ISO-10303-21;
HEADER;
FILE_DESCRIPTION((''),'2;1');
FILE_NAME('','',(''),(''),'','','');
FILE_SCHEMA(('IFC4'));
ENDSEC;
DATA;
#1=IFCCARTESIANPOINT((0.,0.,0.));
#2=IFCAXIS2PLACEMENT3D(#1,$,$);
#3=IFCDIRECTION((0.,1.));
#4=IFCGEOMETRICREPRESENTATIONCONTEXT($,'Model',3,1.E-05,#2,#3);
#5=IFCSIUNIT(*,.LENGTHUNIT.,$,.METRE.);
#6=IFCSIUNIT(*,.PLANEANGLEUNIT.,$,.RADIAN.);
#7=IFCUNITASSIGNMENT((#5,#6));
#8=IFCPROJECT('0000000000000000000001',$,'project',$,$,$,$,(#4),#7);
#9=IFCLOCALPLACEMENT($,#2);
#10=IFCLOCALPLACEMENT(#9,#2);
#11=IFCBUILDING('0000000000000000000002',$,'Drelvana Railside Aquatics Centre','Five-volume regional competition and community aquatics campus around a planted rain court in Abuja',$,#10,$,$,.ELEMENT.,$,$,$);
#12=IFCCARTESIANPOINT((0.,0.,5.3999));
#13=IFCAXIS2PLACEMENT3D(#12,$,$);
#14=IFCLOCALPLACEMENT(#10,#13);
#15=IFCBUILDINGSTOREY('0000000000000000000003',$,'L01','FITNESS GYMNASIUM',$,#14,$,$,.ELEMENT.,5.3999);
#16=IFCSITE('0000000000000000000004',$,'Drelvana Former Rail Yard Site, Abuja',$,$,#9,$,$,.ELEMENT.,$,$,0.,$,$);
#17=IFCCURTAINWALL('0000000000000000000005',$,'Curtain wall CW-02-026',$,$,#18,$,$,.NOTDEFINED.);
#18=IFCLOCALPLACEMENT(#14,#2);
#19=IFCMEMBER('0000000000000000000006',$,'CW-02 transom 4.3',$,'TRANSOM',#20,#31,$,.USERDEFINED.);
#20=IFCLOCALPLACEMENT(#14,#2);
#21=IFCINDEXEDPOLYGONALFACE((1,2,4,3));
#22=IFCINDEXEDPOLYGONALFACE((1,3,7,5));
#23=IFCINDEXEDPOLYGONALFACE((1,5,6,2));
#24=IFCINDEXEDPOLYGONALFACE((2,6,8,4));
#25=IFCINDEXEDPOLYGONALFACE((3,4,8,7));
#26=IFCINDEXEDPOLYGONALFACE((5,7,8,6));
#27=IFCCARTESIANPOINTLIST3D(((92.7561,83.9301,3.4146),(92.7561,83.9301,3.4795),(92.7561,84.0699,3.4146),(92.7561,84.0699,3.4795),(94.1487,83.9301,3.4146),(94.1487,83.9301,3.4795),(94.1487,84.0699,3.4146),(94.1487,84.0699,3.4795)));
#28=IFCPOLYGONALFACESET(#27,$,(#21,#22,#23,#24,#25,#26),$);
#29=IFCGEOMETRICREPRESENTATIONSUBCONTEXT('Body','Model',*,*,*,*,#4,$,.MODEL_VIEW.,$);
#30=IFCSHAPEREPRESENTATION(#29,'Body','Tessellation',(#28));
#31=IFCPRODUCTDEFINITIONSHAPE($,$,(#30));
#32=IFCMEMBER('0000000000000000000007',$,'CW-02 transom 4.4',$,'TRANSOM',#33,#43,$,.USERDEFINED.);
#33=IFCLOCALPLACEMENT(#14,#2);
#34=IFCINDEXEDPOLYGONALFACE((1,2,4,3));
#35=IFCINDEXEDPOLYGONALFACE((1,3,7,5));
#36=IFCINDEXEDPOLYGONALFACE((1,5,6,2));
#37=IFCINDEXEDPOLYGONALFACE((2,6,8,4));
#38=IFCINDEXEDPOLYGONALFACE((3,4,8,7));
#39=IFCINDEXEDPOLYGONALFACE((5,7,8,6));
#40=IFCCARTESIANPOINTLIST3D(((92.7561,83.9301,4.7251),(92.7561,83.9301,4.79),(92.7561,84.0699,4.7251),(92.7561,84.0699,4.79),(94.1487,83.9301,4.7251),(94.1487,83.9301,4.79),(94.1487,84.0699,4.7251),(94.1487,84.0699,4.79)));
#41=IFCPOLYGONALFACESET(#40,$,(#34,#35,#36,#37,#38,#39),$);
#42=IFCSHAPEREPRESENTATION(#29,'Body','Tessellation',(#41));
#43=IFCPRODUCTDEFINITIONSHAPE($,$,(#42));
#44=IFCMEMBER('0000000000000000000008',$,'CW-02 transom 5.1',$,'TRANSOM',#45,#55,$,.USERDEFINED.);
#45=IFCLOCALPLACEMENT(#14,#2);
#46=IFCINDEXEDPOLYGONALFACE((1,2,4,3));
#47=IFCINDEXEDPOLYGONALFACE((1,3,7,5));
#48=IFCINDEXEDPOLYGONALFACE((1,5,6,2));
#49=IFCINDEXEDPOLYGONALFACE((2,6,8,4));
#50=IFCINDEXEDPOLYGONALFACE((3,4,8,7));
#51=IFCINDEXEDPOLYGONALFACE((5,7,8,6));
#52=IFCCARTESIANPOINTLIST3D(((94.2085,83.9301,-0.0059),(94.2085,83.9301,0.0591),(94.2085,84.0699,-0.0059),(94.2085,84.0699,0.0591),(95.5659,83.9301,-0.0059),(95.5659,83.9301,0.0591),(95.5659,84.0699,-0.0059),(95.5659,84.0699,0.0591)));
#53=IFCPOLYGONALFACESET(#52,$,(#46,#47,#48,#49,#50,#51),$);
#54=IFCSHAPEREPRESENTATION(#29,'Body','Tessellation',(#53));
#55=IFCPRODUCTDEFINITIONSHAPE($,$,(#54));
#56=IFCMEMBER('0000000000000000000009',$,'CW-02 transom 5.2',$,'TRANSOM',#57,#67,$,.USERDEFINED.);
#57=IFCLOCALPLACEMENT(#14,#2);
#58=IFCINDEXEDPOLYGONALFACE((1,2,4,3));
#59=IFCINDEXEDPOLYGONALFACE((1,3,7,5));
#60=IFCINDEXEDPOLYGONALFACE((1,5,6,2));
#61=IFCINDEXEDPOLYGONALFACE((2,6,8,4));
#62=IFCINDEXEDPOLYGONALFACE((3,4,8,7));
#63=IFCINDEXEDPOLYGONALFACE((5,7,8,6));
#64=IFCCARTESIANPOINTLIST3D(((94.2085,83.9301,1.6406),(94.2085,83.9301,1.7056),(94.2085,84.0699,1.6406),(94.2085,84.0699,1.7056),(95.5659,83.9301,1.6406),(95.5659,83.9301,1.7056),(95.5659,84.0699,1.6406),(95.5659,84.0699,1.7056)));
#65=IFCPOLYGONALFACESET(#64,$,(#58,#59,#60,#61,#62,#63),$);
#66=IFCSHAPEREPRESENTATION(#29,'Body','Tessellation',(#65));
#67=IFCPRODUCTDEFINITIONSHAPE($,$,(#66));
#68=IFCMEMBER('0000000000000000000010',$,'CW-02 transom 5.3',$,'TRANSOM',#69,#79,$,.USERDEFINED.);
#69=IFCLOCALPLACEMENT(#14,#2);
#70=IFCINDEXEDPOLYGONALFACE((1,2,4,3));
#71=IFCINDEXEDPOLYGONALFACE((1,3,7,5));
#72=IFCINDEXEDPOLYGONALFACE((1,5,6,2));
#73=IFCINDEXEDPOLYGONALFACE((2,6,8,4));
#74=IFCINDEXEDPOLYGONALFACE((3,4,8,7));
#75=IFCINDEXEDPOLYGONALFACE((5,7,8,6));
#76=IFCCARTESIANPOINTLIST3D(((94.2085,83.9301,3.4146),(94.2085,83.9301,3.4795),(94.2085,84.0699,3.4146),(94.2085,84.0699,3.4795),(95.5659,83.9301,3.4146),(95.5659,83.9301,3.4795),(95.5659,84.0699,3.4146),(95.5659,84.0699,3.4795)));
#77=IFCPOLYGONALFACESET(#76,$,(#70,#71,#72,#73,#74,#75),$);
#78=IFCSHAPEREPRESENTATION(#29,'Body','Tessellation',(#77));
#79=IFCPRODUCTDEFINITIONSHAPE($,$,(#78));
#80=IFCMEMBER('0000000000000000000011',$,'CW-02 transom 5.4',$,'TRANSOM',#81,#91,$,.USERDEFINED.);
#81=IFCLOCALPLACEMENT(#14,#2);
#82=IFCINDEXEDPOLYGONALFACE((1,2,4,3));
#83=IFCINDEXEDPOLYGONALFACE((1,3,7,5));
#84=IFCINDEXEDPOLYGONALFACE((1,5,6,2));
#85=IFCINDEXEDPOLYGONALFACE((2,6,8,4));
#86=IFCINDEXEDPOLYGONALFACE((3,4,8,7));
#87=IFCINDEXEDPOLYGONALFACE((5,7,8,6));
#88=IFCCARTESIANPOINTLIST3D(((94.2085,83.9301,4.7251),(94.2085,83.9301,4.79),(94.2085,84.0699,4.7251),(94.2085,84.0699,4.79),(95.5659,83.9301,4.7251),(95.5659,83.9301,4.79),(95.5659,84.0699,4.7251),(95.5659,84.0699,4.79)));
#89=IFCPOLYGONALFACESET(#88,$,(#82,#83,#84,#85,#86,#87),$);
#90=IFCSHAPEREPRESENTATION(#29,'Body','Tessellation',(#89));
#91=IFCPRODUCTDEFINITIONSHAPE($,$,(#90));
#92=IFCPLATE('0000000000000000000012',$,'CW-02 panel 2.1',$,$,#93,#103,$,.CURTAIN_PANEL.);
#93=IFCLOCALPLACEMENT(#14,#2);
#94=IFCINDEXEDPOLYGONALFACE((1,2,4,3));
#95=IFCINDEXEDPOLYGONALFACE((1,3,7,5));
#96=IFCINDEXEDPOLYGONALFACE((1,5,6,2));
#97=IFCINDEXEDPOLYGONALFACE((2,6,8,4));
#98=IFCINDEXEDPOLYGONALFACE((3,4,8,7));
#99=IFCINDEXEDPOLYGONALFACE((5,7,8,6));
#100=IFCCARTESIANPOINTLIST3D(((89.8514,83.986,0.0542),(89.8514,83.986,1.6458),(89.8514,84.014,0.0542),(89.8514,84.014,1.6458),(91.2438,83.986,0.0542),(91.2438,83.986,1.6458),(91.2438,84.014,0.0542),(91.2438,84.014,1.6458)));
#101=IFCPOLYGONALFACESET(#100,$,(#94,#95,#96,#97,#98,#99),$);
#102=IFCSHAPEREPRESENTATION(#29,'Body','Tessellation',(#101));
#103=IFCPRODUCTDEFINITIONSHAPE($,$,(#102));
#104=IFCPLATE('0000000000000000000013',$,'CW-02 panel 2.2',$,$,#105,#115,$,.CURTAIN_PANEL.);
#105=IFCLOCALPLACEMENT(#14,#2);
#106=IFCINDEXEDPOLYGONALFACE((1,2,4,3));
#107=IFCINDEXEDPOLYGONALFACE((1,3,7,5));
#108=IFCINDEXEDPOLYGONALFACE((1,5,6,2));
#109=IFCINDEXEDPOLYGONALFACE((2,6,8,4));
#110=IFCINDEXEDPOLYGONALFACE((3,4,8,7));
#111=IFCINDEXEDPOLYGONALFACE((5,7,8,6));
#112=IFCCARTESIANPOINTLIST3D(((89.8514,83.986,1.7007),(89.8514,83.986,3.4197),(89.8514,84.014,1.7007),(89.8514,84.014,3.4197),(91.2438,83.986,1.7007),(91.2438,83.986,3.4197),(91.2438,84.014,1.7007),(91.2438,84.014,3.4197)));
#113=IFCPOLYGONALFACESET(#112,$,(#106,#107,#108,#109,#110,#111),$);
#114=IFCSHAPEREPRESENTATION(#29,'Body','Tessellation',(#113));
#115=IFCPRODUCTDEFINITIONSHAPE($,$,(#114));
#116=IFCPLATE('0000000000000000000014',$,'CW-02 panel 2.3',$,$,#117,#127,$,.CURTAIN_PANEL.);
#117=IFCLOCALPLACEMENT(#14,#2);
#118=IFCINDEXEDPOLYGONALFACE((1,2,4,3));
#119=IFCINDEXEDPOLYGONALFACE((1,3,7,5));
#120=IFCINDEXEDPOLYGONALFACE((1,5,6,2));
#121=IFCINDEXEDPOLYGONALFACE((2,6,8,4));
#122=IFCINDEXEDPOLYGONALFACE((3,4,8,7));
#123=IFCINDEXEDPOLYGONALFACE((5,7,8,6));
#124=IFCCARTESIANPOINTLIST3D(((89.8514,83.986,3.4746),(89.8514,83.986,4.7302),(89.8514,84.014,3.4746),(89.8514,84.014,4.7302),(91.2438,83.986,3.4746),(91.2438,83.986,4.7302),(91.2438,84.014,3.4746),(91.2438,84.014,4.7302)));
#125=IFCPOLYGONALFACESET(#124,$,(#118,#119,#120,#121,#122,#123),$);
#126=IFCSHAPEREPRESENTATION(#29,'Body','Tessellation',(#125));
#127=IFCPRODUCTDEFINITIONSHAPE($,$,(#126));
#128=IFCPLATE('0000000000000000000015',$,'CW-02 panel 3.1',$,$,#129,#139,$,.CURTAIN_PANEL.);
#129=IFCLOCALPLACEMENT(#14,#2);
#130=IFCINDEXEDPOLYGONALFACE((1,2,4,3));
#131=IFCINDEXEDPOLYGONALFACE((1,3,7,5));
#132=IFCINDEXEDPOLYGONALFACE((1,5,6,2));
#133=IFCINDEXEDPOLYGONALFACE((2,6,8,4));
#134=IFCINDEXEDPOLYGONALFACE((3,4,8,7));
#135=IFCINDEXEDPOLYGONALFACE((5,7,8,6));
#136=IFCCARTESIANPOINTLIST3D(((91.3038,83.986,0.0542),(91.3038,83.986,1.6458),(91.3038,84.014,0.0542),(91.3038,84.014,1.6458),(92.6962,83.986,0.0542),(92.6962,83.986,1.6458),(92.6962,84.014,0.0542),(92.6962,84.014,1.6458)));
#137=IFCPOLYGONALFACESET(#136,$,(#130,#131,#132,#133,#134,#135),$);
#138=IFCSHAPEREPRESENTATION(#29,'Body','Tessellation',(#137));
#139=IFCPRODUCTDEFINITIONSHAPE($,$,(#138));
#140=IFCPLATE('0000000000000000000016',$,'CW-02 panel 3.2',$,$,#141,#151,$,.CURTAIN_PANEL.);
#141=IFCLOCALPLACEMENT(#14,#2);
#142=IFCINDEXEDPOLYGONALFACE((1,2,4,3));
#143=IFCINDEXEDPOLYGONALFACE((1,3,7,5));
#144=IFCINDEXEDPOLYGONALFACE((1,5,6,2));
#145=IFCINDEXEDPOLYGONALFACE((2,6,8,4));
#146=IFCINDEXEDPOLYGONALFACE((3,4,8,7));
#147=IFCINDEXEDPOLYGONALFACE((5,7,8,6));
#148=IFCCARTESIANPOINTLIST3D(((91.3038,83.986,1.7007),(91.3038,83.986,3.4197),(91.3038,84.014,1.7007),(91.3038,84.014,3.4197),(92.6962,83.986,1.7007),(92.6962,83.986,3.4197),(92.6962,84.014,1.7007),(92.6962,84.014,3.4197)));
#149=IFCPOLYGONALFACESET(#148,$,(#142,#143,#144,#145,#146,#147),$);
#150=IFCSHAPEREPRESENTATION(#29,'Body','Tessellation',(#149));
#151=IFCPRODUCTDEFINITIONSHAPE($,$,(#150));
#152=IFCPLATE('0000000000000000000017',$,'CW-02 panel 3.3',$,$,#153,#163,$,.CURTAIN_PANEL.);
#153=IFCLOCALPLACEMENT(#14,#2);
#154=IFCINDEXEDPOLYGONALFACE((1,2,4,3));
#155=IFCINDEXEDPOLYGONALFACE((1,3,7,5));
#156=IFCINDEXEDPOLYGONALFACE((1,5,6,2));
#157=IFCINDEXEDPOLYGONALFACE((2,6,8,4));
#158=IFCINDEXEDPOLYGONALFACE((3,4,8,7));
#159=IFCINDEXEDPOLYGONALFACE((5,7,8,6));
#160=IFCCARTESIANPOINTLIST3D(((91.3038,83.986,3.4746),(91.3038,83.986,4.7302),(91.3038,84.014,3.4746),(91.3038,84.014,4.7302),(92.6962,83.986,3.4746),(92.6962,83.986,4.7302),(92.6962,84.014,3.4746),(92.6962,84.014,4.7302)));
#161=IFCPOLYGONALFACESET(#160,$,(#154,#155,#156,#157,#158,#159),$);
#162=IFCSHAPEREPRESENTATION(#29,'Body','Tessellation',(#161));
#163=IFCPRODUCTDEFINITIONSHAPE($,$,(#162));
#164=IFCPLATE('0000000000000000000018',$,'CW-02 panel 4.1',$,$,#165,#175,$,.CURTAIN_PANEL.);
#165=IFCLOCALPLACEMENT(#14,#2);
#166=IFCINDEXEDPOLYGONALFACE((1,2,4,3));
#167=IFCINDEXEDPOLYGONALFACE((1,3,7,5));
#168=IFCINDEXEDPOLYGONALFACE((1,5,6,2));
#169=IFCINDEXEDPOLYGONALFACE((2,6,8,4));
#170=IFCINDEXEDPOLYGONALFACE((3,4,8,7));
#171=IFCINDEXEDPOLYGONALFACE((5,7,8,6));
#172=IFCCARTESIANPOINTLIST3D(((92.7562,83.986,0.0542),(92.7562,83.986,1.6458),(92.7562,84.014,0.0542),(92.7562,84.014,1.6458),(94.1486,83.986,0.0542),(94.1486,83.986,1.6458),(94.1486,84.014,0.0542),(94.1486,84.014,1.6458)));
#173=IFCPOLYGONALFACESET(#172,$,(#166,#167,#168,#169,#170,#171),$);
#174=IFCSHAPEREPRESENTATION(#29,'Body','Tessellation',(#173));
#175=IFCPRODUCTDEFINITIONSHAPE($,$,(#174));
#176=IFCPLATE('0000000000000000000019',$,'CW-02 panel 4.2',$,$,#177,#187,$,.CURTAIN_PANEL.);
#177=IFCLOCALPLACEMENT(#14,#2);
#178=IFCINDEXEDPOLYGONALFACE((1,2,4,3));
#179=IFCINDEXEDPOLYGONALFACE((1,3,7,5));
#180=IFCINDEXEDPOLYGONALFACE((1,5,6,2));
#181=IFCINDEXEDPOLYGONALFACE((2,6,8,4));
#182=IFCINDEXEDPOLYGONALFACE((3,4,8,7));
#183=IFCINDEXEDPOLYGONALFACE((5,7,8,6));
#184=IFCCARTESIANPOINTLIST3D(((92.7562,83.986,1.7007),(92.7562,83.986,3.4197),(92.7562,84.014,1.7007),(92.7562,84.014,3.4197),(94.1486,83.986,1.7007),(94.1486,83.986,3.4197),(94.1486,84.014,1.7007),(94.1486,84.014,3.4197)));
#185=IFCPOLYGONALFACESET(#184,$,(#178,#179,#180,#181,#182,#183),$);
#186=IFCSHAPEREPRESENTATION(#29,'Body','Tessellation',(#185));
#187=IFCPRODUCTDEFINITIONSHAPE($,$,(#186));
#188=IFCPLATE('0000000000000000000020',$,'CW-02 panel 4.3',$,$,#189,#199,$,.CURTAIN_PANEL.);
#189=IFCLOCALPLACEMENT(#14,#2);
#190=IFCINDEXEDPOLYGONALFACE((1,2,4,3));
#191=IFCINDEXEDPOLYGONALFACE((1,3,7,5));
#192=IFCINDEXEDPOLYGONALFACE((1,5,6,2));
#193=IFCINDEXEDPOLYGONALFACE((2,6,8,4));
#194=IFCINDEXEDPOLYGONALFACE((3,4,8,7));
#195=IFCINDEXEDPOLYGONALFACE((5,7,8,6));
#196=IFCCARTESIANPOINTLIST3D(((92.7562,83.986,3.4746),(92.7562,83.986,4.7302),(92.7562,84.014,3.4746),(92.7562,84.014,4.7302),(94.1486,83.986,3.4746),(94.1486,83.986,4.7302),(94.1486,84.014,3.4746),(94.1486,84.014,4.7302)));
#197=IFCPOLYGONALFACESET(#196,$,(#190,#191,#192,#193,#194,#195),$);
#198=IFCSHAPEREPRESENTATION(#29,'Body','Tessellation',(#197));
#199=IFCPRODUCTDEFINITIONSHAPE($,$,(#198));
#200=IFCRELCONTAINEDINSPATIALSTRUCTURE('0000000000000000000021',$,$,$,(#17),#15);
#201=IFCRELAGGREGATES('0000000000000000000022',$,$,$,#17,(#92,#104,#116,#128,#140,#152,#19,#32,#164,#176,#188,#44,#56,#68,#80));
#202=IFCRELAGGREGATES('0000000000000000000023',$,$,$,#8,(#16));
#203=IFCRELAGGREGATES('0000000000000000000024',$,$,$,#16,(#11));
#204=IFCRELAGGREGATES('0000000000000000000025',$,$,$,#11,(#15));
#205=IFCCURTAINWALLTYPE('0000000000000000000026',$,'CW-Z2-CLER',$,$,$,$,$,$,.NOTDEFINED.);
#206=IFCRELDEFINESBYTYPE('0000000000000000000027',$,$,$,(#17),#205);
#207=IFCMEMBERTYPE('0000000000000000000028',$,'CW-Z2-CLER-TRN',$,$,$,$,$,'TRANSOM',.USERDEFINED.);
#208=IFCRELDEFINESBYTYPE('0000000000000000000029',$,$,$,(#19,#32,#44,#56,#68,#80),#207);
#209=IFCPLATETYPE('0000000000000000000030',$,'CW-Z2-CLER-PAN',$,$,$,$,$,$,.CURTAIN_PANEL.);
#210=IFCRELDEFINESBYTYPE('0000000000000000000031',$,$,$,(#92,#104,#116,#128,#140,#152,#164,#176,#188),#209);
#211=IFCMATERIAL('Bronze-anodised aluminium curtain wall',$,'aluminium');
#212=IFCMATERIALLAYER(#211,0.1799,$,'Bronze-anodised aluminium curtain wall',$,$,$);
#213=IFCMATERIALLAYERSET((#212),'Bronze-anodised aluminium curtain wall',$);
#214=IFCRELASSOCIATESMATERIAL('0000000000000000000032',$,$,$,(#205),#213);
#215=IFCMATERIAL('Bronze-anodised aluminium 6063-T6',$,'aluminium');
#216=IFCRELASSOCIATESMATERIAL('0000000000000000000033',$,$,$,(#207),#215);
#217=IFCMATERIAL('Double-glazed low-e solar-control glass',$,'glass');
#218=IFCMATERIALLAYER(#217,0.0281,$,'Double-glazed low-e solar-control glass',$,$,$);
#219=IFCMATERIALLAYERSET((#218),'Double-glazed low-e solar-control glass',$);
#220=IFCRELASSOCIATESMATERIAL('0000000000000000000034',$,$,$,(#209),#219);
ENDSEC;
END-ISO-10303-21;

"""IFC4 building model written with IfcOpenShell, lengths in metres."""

from ifc_helpers import new_model, si_unit, direction, frame, origin, origin_2d, place, context, subcontext, project, spatial, rectangle, extrude, material, layer, layer_set, material_profile, profile_set, type_object, element, aggregate, save


model = new_model("IFC4")

# Units and contexts
model_context = context("Model", 3, precision=1e-05, world=origin(), true_north=direction((0.0, 1.0)))
body_context = subcontext(model_context, "Body", "Model", "MODEL_VIEW")
ifc_project = project(units=[si_unit("LENGTHUNIT", "METRE"), si_unit("PLANEANGLEUNIT", "RADIAN")], contexts=[model_context])

# Site, building, storey
site_placement = place(None, origin())
site = spatial("IfcSite", under=ifc_project, at=site_placement, Name="Drelvana Former Rail Yard Site, Abuja", CompositionType="ELEMENT", RefElevation=0.0)
building_placement = place(site_placement, origin())
building = spatial("IfcBuilding", under=site, at=building_placement, Name="Drelvana Railside Aquatics Centre", Description="Five-volume regional competition and community aquatics campus around a planted rain court in Abuja", CompositionType="ELEMENT")
storey_placement = place(building_placement, frame((0.0, 0.0, 5.3999)))
storey = spatial("IfcBuildingStorey", under=building, at=storey_placement, Name="L01", Description="FITNESS GYMNASIUM", CompositionType="ELEMENT", Elevation=5.3999)

# Curtain wall, members, plates
ifc_material_1 = material(Name="Bronze-anodised aluminium curtain wall", Category="aluminium")
ifc_layer_1 = layer(ifc_material_1, 0.1799, Name="Bronze-anodised aluminium curtain wall")
ifc_layer_set_1 = layer_set([ifc_layer_1], Name="Bronze-anodised aluminium curtain wall")
curtain_wall_type = type_object("IfcCurtainWallType", Name="CW-Z2-CLER", PredefinedType="NOTDEFINED", material=ifc_layer_set_1)
curtain_wall_placement = place(storey_placement, origin())
curtain_wall = element("IfcCurtainWall", 1, at=curtain_wall_placement, inside=storey, type_object=curtain_wall_type, Name="Curtain wall CW-02-026", PredefinedType="NOTDEFINED")
ifc_material_2 = material(Name="Bronze-anodised aluminium 6063-T6", Category="aluminium")
ifc_material_profile_1 = material_profile(ifc_material_2, rectangle(XDim=0.1399, YDim=0.0649, at=origin_2d()), Name="ALU-T 65x140")
ifc_profile_set_1 = profile_set([ifc_material_profile_1], Name="Bronze-anodised aluminium 6063-T6")
member_type_1 = type_object("IfcMemberType", Name="CW-Z2-CLER-TRN", ElementType="TRANSOM", PredefinedType="USERDEFINED", material=ifc_profile_set_1)
member_1_placement = place(storey_placement, frame((92.7561, 84.0, 3.447), z_axis=(1.0, 0.0, 0.0), x_axis=(0.0, 1.0, 0.0)))
member_1 = element("IfcMember", 2, at=member_1_placement, type_object=member_type_1, Name="CW-02 transom 4.3", ObjectType="TRANSOM", PredefinedType="USERDEFINED", context=body_context, shape_type="SweptSolid", body=[
    extrude(rectangle(XDim=0.1399, YDim=0.0649, at=origin_2d()), origin(), (0.0, 0.0, 1.0), 1.3926),
])
member_2_placement = place(storey_placement, frame((92.7561, 84.0, 4.7576), z_axis=(1.0, 0.0, 0.0), x_axis=(0.0, 1.0, 0.0)))
member_2 = element("IfcMember", 3, at=member_2_placement, type_object=member_type_1, Name="CW-02 transom 4.4", ObjectType="TRANSOM", PredefinedType="USERDEFINED", context=body_context, shape_type="SweptSolid", body=[
    extrude(rectangle(XDim=0.1399, YDim=0.0649, at=origin_2d()), origin(), (0.0, 0.0, 1.0), 1.3926),
])
member_3_placement = place(storey_placement, frame((94.2085, 84.0, 0.0266), z_axis=(1.0, 0.0, 0.0), x_axis=(0.0, 1.0, 0.0)))
member_3 = element("IfcMember", 4, at=member_3_placement, type_object=member_type_1, Name="CW-02 transom 5.1", ObjectType="TRANSOM", PredefinedType="USERDEFINED", context=body_context, shape_type="SweptSolid", body=[
    extrude(rectangle(XDim=0.1399, YDim=0.0649, at=origin_2d()), origin(), (0.0, 0.0, 1.0), 1.3574),
])
member_4_placement = place(storey_placement, frame((94.2085, 84.0, 1.6731), z_axis=(1.0, 0.0, 0.0), x_axis=(0.0, 1.0, 0.0)))
member_4 = element("IfcMember", 5, at=member_4_placement, type_object=member_type_1, Name="CW-02 transom 5.2", ObjectType="TRANSOM", PredefinedType="USERDEFINED", context=body_context, shape_type="SweptSolid", body=[
    extrude(rectangle(XDim=0.1399, YDim=0.0649, at=origin_2d()), origin(), (0.0, 0.0, 1.0), 1.3574),
])
member_5_placement = place(storey_placement, frame((94.2085, 84.0, 3.447), z_axis=(1.0, 0.0, 0.0), x_axis=(0.0, 1.0, 0.0)))
member_5 = element("IfcMember", 6, at=member_5_placement, type_object=member_type_1, Name="CW-02 transom 5.3", ObjectType="TRANSOM", PredefinedType="USERDEFINED", context=body_context, shape_type="SweptSolid", body=[
    extrude(rectangle(XDim=0.1399, YDim=0.0649, at=origin_2d()), origin(), (0.0, 0.0, 1.0), 1.3574),
])
member_6_placement = place(storey_placement, frame((94.2085, 84.0, 4.7576), z_axis=(1.0, 0.0, 0.0), x_axis=(0.0, 1.0, 0.0)))
member_6 = element("IfcMember", 7, at=member_6_placement, type_object=member_type_1, Name="CW-02 transom 5.4", ObjectType="TRANSOM", PredefinedType="USERDEFINED", context=body_context, shape_type="SweptSolid", body=[
    extrude(rectangle(XDim=0.1399, YDim=0.0649, at=origin_2d()), origin(), (0.0, 0.0, 1.0), 1.3574),
])
ifc_material_3 = material(Name="Double-glazed low-e solar-control glass", Category="glass")
ifc_layer_2 = layer(ifc_material_3, 0.0281, Name="Double-glazed low-e solar-control glass")
ifc_layer_set_2 = layer_set([ifc_layer_2], Name="Double-glazed low-e solar-control glass")
plate_type = type_object("IfcPlateType", Name="CW-Z2-CLER-PAN", PredefinedType="CURTAIN_PANEL", material=ifc_layer_set_2)
plate_1_placement = place(storey_placement, frame((90.5476, 84.0, 0.0542), z_axis=(0.0, 0.0, 1.0), x_axis=(1.0, 0.0, 0.0)))
plate_1 = element("IfcPlate", 8, at=plate_1_placement, type_object=plate_type, Name="CW-02 panel 2.1", PredefinedType="CURTAIN_PANEL", context=body_context, shape_type="SweptSolid", body=[
    extrude(rectangle(XDim=1.3923, YDim=0.0281, at=origin_2d()), origin(), (0.0, 0.0, 1.0), 1.5916),
])
plate_2_placement = place(storey_placement, frame((90.5476, 84.0, 1.7007), z_axis=(0.0, 0.0, 1.0), x_axis=(1.0, 0.0, 0.0)))
plate_2 = element("IfcPlate", 9, at=plate_2_placement, type_object=plate_type, Name="CW-02 panel 2.2", PredefinedType="CURTAIN_PANEL", context=body_context, shape_type="SweptSolid", body=[
    extrude(rectangle(XDim=1.3923, YDim=0.0281, at=origin_2d()), origin(), (0.0, 0.0, 1.0), 1.719),
])
plate_3_placement = place(storey_placement, frame((90.5476, 84.0, 3.4746), z_axis=(0.0, 0.0, 1.0), x_axis=(1.0, 0.0, 0.0)))
plate_3 = element("IfcPlate", 10, at=plate_3_placement, type_object=plate_type, Name="CW-02 panel 2.3", PredefinedType="CURTAIN_PANEL", context=body_context, shape_type="SweptSolid", body=[
    extrude(rectangle(XDim=1.3923, YDim=0.0281, at=origin_2d()), origin(), (0.0, 0.0, 1.0), 1.2556),
])
plate_4_placement = place(storey_placement, frame((92.0, 84.0, 0.0542), z_axis=(0.0, 0.0, 1.0), x_axis=(1.0, 0.0, 0.0)))
plate_4 = element("IfcPlate", 11, at=plate_4_placement, type_object=plate_type, Name="CW-02 panel 3.1", PredefinedType="CURTAIN_PANEL", context=body_context, shape_type="SweptSolid", body=[
    extrude(rectangle(XDim=1.3923, YDim=0.0281, at=origin_2d()), origin(), (0.0, 0.0, 1.0), 1.5916),
])
plate_5_placement = place(storey_placement, frame((92.0, 84.0, 1.7007), z_axis=(0.0, 0.0, 1.0), x_axis=(1.0, 0.0, 0.0)))
plate_5 = element("IfcPlate", 12, at=plate_5_placement, type_object=plate_type, Name="CW-02 panel 3.2", PredefinedType="CURTAIN_PANEL", context=body_context, shape_type="SweptSolid", body=[
    extrude(rectangle(XDim=1.3923, YDim=0.0281, at=origin_2d()), origin(), (0.0, 0.0, 1.0), 1.719),
])
plate_6_placement = place(storey_placement, frame((92.0, 84.0, 3.4746), z_axis=(0.0, 0.0, 1.0), x_axis=(1.0, 0.0, 0.0)))
plate_6 = element("IfcPlate", 13, at=plate_6_placement, type_object=plate_type, Name="CW-02 panel 3.3", PredefinedType="CURTAIN_PANEL", context=body_context, shape_type="SweptSolid", body=[
    extrude(rectangle(XDim=1.3923, YDim=0.0281, at=origin_2d()), origin(), (0.0, 0.0, 1.0), 1.2556),
])
plate_7_placement = place(storey_placement, frame((93.4524, 84.0, 0.0542), z_axis=(0.0, 0.0, 1.0), x_axis=(1.0, 0.0, 0.0)))
plate_7 = element("IfcPlate", 14, at=plate_7_placement, type_object=plate_type, Name="CW-02 panel 4.1", PredefinedType="CURTAIN_PANEL", context=body_context, shape_type="SweptSolid", body=[
    extrude(rectangle(XDim=1.3923, YDim=0.0281, at=origin_2d()), origin(), (0.0, 0.0, 1.0), 1.5916),
])
plate_8_placement = place(storey_placement, frame((93.4524, 84.0, 1.7007), z_axis=(0.0, 0.0, 1.0), x_axis=(1.0, 0.0, 0.0)))
plate_8 = element("IfcPlate", 15, at=plate_8_placement, type_object=plate_type, Name="CW-02 panel 4.2", PredefinedType="CURTAIN_PANEL", context=body_context, shape_type="SweptSolid", body=[
    extrude(rectangle(XDim=1.3923, YDim=0.0281, at=origin_2d()), origin(), (0.0, 0.0, 1.0), 1.719),
])
plate_9_placement = place(storey_placement, frame((93.4524, 84.0, 3.4746), z_axis=(0.0, 0.0, 1.0), x_axis=(1.0, 0.0, 0.0)))
plate_9 = element("IfcPlate", 16, at=plate_9_placement, type_object=plate_type, Name="CW-02 panel 4.3", PredefinedType="CURTAIN_PANEL", context=body_context, shape_type="SweptSolid", body=[
    extrude(rectangle(XDim=1.3923, YDim=0.0281, at=origin_2d()), origin(), (0.0, 0.0, 1.0), 1.2556),
])
aggregate(curtain_wall, [plate_1, plate_2, plate_3, plate_4, plate_5, plate_6, member_1, member_2, plate_7, plate_8, plate_9, member_3, member_4, member_5, member_6])

save(model, "model.ifc")
